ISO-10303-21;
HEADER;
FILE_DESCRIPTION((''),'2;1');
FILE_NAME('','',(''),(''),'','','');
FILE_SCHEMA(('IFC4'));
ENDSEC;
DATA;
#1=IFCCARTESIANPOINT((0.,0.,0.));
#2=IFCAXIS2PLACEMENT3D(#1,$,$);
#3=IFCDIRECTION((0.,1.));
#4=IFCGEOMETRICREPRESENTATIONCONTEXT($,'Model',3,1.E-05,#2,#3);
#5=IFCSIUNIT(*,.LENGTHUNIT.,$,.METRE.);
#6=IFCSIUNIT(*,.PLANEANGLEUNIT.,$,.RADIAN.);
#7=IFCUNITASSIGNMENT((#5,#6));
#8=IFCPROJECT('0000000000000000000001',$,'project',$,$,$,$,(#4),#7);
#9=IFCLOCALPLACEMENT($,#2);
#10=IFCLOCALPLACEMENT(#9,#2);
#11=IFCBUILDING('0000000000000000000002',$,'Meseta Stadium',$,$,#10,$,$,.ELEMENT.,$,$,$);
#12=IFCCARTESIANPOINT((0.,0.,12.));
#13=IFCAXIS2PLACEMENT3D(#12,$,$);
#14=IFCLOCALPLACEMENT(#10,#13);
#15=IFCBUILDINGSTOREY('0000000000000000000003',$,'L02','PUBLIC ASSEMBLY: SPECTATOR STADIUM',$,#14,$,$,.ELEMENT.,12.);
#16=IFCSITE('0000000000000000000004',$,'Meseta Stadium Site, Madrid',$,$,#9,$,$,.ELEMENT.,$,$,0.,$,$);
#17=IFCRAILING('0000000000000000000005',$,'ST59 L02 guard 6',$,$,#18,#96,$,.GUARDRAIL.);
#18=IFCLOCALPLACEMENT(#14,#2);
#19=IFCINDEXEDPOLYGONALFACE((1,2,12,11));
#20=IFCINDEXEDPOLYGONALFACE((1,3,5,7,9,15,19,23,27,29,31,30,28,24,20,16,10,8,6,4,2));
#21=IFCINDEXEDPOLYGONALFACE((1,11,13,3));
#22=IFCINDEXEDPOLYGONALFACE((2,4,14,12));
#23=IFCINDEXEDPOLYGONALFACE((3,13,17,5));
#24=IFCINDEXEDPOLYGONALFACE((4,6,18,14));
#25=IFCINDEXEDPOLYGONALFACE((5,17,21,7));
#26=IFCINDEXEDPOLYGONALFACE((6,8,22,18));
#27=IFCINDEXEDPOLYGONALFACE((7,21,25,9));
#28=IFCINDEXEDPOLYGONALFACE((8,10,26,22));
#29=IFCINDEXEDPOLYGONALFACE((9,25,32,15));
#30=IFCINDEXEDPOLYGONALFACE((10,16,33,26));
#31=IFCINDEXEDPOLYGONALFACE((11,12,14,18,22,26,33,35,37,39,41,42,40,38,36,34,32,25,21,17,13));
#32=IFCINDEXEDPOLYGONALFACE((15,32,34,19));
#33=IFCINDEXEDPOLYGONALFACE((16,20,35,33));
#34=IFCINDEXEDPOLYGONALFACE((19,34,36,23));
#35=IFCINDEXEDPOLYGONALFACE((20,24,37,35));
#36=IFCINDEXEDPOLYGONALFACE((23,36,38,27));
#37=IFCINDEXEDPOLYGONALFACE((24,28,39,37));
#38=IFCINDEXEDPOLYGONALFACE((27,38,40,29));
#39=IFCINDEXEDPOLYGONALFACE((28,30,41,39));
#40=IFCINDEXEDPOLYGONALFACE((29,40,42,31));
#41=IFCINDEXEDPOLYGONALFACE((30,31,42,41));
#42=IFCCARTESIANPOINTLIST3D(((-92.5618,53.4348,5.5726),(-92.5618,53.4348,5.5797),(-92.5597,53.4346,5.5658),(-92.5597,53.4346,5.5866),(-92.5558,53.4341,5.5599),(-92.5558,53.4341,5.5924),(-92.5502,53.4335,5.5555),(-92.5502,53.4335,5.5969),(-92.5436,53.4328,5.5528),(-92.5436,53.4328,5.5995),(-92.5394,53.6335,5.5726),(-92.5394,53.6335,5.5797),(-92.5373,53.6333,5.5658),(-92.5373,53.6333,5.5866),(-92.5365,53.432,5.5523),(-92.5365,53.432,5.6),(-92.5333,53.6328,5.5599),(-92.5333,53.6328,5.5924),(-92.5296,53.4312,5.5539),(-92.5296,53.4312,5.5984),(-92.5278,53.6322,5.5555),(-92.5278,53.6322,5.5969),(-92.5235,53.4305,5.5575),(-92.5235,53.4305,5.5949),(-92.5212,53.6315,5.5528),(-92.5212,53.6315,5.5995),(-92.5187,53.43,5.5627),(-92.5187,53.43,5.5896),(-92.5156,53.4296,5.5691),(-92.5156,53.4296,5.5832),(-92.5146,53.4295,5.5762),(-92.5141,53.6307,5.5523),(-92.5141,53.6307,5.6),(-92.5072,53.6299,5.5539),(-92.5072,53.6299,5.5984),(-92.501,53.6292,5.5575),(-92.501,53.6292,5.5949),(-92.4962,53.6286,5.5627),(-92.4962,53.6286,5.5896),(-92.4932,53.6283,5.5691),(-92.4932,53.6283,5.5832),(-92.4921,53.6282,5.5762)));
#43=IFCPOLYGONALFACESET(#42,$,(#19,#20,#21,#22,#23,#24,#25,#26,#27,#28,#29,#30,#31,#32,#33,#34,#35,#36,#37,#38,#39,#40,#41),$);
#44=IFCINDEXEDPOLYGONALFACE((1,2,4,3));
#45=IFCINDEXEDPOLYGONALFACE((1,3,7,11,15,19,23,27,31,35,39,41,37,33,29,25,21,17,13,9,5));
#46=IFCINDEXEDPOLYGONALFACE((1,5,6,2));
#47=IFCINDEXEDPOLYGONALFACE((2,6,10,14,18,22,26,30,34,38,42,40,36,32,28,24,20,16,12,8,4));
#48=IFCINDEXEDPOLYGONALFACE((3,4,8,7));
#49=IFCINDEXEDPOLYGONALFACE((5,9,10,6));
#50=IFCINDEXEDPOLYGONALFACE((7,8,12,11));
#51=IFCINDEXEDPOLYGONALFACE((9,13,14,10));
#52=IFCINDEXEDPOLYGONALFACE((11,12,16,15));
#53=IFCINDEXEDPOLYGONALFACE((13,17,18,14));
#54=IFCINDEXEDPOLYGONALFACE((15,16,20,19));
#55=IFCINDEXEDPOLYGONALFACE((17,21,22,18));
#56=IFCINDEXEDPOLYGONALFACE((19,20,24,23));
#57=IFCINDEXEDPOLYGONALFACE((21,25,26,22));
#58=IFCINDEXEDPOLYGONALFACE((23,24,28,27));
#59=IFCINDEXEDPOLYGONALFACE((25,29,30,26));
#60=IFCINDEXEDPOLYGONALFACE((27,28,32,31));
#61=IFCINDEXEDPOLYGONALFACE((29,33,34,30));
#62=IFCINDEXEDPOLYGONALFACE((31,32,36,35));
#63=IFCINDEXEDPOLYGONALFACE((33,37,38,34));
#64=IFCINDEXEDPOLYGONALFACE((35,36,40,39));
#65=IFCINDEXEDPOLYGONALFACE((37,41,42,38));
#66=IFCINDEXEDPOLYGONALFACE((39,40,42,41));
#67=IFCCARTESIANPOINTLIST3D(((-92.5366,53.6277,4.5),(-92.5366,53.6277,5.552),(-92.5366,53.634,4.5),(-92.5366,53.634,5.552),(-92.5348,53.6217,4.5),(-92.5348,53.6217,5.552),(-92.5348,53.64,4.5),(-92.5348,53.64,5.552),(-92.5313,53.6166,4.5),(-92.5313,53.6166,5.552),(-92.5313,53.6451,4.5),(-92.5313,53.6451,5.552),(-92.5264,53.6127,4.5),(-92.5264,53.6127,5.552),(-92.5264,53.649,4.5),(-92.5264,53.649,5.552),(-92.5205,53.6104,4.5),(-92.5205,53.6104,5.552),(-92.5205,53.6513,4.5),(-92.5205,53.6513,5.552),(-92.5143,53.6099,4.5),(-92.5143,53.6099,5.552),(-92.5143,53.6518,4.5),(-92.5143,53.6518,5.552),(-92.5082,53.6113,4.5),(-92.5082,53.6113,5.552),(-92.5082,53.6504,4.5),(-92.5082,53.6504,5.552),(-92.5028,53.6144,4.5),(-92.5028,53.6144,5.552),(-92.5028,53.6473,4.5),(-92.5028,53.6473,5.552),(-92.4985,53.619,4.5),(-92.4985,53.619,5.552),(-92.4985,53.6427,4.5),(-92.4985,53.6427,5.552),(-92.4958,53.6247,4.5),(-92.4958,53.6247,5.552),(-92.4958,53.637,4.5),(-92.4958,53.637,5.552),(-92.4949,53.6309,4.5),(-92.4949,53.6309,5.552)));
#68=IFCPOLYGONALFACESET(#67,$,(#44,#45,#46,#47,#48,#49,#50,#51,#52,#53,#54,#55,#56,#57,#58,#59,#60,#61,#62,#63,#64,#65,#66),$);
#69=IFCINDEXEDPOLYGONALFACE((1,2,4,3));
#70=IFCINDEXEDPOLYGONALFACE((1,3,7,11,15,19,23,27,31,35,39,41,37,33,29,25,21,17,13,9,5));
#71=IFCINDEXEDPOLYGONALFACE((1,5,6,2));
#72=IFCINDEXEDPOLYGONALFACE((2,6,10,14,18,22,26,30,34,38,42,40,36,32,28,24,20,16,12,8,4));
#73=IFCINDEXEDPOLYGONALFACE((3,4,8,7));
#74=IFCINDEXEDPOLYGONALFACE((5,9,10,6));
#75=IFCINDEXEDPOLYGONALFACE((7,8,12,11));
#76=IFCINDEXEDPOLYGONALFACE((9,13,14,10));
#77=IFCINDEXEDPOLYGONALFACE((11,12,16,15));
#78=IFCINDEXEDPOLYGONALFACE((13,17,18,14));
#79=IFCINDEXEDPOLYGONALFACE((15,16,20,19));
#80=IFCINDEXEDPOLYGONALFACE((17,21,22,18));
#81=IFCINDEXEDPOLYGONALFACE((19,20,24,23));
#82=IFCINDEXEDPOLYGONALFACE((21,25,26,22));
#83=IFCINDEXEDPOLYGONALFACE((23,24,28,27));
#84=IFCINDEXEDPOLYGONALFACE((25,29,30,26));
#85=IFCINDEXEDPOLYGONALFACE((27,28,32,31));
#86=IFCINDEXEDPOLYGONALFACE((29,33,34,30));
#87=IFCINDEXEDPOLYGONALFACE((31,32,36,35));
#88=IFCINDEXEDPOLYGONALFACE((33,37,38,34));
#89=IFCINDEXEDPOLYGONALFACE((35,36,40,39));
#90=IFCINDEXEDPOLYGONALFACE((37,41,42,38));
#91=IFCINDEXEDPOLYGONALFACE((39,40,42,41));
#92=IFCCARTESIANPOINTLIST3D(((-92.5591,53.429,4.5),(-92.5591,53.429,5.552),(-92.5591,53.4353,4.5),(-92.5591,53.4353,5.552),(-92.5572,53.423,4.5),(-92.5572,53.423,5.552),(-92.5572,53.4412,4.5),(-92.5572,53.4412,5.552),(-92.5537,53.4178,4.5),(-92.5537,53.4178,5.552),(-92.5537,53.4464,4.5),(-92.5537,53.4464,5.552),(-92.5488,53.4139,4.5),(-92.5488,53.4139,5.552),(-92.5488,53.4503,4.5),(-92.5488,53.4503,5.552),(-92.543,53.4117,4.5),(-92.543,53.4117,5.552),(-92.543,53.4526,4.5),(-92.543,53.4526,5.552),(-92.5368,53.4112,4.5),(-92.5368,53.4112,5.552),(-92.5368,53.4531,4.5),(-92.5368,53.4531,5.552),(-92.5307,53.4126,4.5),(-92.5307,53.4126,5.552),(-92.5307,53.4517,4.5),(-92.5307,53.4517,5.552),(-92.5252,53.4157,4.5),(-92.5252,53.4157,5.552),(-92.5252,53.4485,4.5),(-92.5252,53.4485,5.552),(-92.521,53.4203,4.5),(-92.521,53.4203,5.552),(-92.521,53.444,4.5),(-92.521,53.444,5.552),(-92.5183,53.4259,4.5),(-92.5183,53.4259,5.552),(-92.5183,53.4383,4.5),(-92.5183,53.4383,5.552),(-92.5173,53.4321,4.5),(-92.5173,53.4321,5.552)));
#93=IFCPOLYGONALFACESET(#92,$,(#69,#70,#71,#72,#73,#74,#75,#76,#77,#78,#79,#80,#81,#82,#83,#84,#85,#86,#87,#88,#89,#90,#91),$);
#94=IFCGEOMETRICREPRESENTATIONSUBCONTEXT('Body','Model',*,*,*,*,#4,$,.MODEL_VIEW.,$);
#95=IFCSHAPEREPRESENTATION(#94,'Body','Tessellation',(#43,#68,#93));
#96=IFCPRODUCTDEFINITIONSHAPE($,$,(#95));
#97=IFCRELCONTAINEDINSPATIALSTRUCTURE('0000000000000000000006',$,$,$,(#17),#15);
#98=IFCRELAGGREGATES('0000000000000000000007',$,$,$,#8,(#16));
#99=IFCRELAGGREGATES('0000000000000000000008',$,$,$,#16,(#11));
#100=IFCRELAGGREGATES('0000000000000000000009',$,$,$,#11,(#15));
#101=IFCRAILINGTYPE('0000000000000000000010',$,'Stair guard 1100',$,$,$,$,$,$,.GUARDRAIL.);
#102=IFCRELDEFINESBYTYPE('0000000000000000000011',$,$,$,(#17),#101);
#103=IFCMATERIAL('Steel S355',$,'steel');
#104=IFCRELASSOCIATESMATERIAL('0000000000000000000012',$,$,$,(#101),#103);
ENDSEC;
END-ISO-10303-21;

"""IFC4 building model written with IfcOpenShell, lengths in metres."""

from ifc_helpers import new_model, si_unit, direction, frame, origin, origin_2d, place, context, subcontext, project, spatial, circle, extrude, material, type_object, element, save


model = new_model("IFC4")

# Units and contexts
model_context = context("Model", 3, precision=1e-05, world=origin(), true_north=direction((0.0, 1.0)))
body_context = subcontext(model_context, "Body", "Model", "MODEL_VIEW")
ifc_project = project(units=[si_unit("LENGTHUNIT", "METRE"), si_unit("PLANEANGLEUNIT", "RADIAN")], contexts=[model_context])

# Site, building, storey
site_placement = place(None, origin())
site = spatial("IfcSite", under=ifc_project, at=site_placement, Name="Meseta Stadium Site, Madrid", CompositionType="ELEMENT", RefElevation=0.0)
building_placement = place(site_placement, origin())
building = spatial("IfcBuilding", under=site, at=building_placement, Name="Meseta Stadium", CompositionType="ELEMENT")
storey_placement = place(building_placement, frame((0.0, 0.0, 12.0)))
storey = spatial("IfcBuildingStorey", under=building, at=storey_placement, Name="L02", Description="PUBLIC ASSEMBLY: SPECTATOR STADIUM", CompositionType="ELEMENT", Elevation=12.0)

# Railing
ifc_material_1 = material(Name="Steel S355", Category="steel")
railing_type_1 = type_object("IfcRailingType", Name="Stair guard 1100", PredefinedType="GUARDRAIL", material=ifc_material_1)
railing_1_placement = place(storey_placement, frame((-92.5159, 53.6309, 4.5)))
element("IfcRailing", 1, at=railing_1_placement, inside=storey, type_object=railing_type_1, Name="ST59 L02 guard 6", PredefinedType="GUARDRAIL", context=body_context, shape_type="SweptSolid", body=[
    extrude(circle(Radius=0.0239, at=origin_2d()), frame((0.0, 0.0, 1.0762), z_axis=(-0.112307, -0.993674, 0.0), x_axis=(0.993674, -0.112307, 0.0)), (0.0, 0.0, 1.0), 0.2),
    extrude(circle(Radius=0.021, at=origin_2d()), origin(), (0.0, 0.0, 1.0), 1.052),
    extrude(circle(Radius=0.021, at=origin_2d()), frame((-0.0225, -0.1987, 0.0)), (0.0, 0.0, 1.0), 1.052),
])

save(model, "model.ifc")
